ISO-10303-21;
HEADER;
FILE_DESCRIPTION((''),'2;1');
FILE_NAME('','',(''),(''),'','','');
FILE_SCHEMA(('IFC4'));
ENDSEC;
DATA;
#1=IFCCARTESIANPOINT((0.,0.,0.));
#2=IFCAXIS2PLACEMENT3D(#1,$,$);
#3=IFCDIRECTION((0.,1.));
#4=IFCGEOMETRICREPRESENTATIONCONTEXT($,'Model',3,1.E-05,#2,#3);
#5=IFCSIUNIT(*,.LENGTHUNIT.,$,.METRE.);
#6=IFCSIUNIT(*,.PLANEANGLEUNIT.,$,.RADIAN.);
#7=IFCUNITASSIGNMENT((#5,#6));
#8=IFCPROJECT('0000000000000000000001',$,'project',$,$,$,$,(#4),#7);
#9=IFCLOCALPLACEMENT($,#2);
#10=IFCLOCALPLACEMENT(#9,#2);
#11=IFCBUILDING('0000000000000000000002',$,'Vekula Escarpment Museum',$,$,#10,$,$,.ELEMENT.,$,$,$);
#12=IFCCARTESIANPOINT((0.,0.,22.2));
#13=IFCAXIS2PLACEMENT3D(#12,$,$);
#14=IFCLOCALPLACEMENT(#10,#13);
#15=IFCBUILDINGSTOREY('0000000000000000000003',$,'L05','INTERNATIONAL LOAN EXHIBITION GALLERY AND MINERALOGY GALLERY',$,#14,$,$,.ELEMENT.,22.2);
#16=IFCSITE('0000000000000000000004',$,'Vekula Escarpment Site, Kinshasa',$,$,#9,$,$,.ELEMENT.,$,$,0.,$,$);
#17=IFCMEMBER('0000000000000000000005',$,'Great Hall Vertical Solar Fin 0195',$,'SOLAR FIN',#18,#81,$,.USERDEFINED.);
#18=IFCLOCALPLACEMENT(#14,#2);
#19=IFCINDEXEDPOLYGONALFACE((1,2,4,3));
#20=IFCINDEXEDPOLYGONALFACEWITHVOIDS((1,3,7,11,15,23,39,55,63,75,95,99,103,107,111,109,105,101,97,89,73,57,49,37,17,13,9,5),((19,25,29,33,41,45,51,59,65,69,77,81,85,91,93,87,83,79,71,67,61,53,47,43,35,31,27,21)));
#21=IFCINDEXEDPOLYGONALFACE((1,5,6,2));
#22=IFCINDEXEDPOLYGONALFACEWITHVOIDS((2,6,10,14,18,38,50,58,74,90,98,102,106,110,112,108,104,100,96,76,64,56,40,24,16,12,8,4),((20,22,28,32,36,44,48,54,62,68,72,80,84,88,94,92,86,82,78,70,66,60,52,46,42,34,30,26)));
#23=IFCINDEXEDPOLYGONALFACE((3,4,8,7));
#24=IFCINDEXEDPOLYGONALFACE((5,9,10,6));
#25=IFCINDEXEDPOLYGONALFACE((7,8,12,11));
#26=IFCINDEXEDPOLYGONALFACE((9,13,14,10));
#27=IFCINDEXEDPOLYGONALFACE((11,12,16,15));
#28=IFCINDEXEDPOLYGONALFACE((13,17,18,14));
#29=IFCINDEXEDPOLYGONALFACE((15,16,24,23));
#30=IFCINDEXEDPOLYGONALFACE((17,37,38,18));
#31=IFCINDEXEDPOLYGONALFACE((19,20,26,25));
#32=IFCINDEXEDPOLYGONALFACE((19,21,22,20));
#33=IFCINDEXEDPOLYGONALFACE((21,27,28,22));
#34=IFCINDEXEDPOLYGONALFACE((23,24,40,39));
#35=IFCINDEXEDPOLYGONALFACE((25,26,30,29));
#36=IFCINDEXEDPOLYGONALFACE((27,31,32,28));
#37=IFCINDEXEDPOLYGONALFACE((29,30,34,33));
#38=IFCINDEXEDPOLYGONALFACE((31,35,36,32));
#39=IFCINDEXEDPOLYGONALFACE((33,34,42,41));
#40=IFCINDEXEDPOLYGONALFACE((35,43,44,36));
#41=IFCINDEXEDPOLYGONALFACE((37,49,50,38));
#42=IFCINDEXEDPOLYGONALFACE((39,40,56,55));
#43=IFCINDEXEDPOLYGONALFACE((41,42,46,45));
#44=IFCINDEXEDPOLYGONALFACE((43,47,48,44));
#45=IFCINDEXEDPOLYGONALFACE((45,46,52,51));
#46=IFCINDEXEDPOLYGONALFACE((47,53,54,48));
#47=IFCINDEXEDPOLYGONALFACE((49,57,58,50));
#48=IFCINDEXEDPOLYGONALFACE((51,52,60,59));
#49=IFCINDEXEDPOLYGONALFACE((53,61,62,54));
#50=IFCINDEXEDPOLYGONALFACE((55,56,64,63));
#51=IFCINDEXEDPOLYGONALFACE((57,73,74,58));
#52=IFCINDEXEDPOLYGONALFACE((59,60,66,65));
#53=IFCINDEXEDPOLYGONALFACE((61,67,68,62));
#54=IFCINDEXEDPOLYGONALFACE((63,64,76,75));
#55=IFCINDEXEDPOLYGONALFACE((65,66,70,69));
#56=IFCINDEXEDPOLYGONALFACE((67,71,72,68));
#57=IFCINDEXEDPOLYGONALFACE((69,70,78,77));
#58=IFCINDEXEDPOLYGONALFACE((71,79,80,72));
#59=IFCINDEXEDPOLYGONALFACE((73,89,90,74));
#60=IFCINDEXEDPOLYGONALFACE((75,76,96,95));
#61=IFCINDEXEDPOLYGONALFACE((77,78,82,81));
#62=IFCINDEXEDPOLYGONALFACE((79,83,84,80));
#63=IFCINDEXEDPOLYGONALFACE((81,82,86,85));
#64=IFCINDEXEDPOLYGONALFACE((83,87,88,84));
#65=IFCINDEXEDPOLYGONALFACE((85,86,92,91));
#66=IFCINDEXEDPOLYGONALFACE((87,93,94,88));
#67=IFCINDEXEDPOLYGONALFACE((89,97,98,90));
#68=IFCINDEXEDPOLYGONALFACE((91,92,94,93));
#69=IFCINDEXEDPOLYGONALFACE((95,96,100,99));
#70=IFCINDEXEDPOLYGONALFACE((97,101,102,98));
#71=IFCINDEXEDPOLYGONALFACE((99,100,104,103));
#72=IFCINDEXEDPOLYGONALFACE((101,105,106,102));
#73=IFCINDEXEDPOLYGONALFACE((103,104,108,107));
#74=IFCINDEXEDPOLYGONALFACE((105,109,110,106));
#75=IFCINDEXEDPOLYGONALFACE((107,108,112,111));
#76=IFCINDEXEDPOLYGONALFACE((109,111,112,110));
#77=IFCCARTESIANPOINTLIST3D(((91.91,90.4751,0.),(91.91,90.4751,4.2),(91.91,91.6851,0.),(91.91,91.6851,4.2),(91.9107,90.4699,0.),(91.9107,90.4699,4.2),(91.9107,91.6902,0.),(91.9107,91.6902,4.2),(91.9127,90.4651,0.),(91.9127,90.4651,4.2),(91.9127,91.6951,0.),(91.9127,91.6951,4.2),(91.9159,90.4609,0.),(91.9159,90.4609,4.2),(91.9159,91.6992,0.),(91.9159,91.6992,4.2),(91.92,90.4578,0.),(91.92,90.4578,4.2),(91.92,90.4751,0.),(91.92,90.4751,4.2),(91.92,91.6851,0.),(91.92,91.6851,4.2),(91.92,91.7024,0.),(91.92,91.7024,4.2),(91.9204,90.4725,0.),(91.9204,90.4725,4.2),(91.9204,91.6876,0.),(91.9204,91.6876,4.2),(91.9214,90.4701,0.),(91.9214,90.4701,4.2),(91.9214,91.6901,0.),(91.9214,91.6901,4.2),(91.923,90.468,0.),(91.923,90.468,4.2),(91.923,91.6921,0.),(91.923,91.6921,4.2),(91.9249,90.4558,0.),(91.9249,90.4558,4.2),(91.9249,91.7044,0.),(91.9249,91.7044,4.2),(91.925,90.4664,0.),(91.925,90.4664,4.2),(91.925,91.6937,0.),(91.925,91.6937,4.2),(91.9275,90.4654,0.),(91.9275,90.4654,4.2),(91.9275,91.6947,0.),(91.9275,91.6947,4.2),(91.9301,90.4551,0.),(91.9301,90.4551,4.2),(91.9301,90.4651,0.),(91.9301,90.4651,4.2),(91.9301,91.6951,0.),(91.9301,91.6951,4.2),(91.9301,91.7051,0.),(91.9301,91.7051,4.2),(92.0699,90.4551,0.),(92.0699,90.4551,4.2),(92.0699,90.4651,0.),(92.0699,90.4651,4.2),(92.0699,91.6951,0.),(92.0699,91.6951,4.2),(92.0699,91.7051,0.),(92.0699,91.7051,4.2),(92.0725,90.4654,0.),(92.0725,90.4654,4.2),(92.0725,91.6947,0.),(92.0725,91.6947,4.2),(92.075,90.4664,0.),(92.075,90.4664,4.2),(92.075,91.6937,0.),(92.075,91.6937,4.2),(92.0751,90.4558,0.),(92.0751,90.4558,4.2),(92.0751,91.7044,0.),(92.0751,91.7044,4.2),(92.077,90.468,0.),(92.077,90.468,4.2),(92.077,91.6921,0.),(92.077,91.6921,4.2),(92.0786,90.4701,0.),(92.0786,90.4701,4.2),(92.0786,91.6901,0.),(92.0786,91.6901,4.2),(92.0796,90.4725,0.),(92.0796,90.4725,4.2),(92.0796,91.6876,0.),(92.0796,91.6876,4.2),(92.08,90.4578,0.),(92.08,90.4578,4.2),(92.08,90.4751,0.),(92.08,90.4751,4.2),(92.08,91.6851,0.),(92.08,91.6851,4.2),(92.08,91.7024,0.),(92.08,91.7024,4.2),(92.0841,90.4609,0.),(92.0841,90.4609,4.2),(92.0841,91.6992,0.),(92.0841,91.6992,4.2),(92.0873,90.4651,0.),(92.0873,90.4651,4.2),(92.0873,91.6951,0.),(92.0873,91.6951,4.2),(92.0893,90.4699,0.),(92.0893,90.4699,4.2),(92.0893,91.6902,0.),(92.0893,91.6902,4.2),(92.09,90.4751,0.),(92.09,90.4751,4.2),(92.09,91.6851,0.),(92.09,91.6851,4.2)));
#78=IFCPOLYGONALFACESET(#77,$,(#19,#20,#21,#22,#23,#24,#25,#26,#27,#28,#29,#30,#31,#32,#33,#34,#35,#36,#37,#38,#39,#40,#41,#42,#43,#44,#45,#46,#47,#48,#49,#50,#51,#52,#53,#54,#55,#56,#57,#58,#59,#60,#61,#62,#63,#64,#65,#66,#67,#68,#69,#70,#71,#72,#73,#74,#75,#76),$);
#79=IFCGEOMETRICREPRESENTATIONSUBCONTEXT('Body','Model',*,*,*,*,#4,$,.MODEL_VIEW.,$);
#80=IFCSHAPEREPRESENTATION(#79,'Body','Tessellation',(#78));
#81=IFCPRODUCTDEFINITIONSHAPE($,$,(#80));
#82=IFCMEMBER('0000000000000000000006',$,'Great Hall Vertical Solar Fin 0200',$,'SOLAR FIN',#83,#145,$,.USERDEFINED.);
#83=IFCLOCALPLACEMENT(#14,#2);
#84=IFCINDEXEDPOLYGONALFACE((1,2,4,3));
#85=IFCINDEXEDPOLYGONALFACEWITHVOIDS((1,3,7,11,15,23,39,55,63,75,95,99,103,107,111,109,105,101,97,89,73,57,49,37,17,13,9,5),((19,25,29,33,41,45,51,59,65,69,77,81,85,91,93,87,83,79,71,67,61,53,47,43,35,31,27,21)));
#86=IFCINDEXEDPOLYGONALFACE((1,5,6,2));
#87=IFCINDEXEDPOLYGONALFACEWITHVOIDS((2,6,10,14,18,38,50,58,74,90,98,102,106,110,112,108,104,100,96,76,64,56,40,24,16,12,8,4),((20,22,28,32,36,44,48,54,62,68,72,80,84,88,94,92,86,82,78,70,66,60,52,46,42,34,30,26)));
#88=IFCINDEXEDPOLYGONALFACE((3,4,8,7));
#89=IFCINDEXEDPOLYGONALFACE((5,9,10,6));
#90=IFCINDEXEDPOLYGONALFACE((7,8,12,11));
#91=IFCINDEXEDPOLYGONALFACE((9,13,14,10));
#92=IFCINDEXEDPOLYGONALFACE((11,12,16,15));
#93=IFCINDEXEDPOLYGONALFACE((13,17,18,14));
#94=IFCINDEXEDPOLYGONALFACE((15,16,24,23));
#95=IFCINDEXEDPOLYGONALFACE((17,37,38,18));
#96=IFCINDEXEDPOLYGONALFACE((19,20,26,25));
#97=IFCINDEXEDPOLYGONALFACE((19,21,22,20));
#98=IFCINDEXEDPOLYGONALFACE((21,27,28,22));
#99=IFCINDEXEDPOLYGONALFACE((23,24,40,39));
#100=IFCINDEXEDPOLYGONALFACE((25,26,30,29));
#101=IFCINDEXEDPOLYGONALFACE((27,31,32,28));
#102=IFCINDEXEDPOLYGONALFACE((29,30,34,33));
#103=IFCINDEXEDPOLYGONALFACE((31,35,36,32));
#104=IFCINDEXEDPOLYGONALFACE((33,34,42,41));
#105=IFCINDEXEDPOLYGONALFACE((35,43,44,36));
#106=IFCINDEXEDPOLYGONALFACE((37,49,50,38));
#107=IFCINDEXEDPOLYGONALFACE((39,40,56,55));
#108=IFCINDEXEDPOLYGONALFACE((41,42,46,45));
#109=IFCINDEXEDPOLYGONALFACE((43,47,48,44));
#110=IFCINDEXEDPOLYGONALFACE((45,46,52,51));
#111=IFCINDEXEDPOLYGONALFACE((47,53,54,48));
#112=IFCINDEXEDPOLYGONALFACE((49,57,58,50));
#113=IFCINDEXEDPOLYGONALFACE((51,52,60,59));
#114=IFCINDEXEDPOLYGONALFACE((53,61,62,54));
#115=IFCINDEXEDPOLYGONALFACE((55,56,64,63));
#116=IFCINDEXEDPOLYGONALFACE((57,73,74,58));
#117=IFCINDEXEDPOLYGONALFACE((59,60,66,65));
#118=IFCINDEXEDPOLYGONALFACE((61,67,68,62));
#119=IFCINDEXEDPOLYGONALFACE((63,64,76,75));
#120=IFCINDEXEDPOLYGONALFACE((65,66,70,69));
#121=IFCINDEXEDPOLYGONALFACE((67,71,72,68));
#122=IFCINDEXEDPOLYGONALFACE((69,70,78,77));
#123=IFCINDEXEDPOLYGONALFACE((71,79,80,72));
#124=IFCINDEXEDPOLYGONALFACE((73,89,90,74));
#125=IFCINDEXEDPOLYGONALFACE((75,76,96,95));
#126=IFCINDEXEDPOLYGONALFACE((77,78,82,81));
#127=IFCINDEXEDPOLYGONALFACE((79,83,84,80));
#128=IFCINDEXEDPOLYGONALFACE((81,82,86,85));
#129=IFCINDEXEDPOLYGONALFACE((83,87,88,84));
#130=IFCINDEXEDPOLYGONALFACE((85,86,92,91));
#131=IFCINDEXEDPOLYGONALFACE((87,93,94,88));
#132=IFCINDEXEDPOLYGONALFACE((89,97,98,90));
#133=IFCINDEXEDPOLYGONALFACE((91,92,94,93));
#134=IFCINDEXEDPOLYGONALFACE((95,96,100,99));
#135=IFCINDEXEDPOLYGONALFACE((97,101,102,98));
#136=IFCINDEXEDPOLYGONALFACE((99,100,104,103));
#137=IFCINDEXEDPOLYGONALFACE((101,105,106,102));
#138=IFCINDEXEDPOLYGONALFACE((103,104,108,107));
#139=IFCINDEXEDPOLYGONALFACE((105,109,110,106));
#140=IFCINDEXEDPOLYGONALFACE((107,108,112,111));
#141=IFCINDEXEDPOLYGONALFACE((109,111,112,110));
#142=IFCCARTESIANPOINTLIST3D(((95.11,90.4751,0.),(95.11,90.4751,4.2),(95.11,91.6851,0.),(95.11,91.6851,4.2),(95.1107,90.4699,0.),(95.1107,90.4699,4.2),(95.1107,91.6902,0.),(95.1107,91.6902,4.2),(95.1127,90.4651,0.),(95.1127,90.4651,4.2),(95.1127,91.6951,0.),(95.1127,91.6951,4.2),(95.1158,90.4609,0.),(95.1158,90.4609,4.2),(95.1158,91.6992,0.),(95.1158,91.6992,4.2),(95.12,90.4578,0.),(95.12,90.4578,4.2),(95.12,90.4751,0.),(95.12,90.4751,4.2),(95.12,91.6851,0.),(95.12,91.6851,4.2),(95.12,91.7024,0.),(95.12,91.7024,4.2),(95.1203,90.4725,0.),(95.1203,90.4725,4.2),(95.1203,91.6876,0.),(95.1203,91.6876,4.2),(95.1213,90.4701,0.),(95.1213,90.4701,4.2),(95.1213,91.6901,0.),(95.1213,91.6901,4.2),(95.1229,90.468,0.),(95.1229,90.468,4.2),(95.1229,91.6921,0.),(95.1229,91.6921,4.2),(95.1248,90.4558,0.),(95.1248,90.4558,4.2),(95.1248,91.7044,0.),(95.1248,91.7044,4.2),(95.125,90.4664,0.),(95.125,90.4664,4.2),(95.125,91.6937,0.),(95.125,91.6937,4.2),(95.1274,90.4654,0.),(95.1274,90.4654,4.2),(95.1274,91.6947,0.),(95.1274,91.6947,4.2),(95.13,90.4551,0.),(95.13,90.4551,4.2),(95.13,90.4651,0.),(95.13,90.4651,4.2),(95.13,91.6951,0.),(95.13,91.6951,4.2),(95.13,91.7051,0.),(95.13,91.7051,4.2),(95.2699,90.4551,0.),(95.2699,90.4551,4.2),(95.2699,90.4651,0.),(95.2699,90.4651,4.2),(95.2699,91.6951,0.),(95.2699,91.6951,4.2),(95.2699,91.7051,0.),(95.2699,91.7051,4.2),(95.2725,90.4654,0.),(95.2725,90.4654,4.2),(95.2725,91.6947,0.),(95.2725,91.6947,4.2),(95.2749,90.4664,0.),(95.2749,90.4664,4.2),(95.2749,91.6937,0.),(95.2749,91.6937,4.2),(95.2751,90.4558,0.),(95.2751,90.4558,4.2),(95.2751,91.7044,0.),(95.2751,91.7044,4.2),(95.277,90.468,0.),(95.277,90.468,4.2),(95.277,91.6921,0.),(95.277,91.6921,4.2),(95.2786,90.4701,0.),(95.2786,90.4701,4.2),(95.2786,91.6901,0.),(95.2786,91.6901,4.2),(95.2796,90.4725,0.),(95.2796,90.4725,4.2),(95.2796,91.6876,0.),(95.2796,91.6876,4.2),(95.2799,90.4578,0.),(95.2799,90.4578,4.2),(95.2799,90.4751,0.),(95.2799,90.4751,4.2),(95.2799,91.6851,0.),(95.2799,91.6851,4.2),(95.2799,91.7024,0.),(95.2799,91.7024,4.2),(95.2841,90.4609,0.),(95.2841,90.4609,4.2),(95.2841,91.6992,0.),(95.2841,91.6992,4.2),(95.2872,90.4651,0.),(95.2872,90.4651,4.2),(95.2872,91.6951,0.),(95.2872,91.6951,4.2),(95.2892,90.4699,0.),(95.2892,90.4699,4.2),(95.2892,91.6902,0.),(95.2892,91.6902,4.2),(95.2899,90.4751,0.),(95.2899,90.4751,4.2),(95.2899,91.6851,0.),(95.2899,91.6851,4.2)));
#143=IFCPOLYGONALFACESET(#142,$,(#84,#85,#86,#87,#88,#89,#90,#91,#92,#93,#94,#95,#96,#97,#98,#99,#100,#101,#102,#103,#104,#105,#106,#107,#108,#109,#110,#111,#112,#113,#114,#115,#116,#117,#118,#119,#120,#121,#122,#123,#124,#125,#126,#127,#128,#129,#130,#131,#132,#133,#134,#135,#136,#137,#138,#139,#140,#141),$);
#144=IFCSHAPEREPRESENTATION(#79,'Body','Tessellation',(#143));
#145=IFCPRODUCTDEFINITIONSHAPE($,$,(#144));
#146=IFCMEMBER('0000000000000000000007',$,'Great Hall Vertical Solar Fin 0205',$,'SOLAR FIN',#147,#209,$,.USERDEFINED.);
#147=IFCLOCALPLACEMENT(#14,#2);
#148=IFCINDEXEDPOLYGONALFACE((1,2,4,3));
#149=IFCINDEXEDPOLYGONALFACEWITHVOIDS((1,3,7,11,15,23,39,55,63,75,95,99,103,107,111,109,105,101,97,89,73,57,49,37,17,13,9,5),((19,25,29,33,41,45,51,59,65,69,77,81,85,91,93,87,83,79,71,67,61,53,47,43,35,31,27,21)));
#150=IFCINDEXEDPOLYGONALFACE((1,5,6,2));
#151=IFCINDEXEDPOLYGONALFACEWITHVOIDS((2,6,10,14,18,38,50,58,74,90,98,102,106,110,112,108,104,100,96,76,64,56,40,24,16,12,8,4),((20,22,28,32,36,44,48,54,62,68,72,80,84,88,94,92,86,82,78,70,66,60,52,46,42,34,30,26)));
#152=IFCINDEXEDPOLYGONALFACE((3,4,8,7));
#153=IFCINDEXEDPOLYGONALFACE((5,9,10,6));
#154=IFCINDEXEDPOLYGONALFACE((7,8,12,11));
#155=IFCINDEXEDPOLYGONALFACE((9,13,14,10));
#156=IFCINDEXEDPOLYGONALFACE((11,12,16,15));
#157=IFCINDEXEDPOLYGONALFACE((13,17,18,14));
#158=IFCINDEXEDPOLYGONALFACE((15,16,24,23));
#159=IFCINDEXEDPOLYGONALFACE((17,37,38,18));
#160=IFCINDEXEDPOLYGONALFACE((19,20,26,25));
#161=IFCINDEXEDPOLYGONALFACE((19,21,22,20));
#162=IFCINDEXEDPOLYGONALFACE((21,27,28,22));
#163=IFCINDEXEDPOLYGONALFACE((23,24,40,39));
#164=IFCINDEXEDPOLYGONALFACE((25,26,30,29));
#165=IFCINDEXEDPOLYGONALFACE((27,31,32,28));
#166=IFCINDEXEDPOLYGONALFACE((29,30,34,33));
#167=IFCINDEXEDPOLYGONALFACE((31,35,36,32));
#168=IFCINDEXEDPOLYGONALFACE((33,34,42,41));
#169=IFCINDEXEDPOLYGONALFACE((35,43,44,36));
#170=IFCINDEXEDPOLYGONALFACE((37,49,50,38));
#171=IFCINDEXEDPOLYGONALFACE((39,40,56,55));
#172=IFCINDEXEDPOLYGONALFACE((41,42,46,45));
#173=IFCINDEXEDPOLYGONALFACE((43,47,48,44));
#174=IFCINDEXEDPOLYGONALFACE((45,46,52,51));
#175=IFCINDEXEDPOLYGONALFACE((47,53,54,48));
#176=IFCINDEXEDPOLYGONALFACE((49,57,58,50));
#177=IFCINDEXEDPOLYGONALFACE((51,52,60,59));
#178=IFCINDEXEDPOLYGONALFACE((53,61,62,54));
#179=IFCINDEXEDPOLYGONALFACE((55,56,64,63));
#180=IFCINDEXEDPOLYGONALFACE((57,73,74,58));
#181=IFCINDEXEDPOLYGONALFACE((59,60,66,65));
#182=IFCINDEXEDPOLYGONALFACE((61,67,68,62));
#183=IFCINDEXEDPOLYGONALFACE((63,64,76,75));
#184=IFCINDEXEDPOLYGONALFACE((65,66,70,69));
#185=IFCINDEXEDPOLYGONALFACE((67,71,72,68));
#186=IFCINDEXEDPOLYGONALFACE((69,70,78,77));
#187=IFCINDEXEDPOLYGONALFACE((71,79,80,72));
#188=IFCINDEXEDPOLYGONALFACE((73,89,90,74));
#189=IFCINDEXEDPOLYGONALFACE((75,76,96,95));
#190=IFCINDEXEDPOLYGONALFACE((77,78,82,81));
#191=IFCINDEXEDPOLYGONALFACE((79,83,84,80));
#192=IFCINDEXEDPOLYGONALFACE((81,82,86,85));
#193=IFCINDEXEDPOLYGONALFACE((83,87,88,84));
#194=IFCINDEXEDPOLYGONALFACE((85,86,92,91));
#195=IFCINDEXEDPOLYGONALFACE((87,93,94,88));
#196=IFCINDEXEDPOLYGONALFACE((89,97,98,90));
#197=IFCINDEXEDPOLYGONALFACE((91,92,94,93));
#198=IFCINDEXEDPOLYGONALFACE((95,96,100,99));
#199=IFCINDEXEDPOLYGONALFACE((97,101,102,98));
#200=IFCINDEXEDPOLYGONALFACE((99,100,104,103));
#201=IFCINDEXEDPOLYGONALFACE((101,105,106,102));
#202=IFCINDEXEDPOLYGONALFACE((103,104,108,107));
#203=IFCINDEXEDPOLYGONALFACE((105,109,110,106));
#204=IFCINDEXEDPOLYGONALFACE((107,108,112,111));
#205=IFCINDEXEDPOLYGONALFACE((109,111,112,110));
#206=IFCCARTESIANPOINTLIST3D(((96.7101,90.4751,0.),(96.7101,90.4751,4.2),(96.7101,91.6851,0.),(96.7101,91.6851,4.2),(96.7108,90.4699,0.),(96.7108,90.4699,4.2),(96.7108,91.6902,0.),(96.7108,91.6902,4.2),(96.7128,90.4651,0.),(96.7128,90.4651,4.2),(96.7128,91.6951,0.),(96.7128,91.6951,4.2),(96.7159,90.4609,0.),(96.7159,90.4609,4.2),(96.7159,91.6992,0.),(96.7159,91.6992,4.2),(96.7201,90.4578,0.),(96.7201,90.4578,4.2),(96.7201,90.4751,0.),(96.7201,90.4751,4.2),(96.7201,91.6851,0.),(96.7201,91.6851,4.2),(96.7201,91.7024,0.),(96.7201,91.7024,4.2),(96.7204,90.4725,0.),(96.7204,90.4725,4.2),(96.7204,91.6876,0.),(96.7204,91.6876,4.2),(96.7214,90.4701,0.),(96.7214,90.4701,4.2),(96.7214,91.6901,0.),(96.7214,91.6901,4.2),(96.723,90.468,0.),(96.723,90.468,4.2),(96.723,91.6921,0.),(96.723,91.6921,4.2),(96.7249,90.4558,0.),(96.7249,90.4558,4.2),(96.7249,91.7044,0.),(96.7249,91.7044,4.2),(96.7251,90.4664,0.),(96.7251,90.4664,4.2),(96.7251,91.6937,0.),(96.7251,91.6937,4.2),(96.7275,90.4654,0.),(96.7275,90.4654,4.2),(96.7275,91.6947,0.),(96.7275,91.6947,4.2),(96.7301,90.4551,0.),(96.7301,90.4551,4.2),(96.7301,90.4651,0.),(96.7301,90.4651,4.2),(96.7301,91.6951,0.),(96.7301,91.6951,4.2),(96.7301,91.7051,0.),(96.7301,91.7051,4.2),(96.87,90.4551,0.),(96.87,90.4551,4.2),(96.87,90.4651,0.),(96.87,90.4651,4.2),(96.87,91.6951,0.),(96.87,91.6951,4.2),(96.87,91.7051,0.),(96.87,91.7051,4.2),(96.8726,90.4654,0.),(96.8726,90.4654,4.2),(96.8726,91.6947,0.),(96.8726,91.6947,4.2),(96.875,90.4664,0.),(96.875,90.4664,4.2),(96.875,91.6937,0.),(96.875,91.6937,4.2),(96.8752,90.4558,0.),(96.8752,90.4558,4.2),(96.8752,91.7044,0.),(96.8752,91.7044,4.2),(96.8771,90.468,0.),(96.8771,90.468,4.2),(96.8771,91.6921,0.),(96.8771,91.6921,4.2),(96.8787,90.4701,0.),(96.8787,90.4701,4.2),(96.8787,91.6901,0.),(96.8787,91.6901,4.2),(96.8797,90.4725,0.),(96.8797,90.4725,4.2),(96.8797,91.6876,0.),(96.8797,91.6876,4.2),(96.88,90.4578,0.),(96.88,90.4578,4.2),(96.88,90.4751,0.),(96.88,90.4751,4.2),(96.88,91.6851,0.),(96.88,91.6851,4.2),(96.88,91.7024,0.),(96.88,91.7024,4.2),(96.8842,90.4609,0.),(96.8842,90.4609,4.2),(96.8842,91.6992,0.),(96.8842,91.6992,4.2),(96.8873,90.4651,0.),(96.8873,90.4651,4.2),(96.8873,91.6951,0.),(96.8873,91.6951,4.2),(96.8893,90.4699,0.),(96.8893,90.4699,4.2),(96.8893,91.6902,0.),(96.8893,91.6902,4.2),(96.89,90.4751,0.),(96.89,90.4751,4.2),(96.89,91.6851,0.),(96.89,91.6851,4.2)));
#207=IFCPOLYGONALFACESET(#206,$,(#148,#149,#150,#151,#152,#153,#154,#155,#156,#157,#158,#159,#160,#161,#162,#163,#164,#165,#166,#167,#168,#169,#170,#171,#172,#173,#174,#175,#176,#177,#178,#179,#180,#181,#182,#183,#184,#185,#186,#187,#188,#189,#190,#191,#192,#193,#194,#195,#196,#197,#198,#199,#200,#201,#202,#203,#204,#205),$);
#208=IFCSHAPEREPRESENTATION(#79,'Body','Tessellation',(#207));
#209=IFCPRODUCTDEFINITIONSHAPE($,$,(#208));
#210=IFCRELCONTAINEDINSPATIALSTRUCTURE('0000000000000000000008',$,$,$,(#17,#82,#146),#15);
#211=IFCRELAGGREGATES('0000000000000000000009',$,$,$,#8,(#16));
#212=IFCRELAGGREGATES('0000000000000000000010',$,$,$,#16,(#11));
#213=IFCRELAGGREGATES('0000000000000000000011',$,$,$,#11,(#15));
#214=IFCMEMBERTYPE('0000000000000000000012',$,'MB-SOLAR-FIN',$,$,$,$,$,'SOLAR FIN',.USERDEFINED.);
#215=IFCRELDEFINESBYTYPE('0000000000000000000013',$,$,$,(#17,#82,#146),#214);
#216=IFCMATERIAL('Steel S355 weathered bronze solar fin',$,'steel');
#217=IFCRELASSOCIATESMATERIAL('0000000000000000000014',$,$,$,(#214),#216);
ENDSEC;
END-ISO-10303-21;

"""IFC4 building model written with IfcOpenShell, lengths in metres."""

from ifc_helpers import new_model, si_unit, direction, frame, origin, origin_2d, place, context, subcontext, project, spatial, hollow_rectangle, extrude, material, material_profile, profile_set, type_object, element, save


model = new_model("IFC4")

# Units and contexts
model_context = context("Model", 3, precision=1e-05, world=origin(), true_north=direction((0.0, 1.0)))
body_context = subcontext(model_context, "Body", "Model", "MODEL_VIEW")
ifc_project = project(units=[si_unit("LENGTHUNIT", "METRE"), si_unit("PLANEANGLEUNIT", "RADIAN")], contexts=[model_context])

# Site, building, storey
site_placement = place(None, origin())
site = spatial("IfcSite", under=ifc_project, at=site_placement, Name="Vekula Escarpment Site, Kinshasa", CompositionType="ELEMENT", RefElevation=0.0)
building_placement = place(site_placement, origin())
building = spatial("IfcBuilding", under=site, at=building_placement, Name="Vekula Escarpment Museum", CompositionType="ELEMENT")
storey_placement = place(building_placement, frame((0.0, 0.0, 22.2)))
storey = spatial("IfcBuildingStorey", under=building, at=storey_placement, Name="L05", Description="INTERNATIONAL LOAN EXHIBITION GALLERY AND MINERALOGY GALLERY", CompositionType="ELEMENT", Elevation=22.2)

# Members
ifc_material_1 = material(Name="Steel S355 weathered bronze solar fin", Category="steel")
ifc_material_profile_1 = material_profile(ifc_material_1, hollow_rectangle(XDim=0.1799, YDim=1.25, WallThickness=0.01, InnerFilletRadius=0.01, OuterFilletRadius=0.02, at=origin_2d()), Name="RHS 1250x180x10")
ifc_profile_set_1 = profile_set([ifc_material_profile_1], Name="Steel S355 weathered bronze solar fin")
member_type_1 = type_object("IfcMemberType", Name="MB-SOLAR-FIN", ElementType="SOLAR FIN", PredefinedType="USERDEFINED", material=ifc_profile_set_1)
for number, where, z_axis, x_axis, name in (
    (1, (92.0, 91.0801, 0.0), (0.0, 0.0, 1.0), (1.0, 0.0, 0.0), "Great Hall Vertical Solar Fin 0195"),
    (2, (95.2, 91.0801, 0.0), (0.0, 0.0, 1.0), (1.0, 0.0, 0.0), "Great Hall Vertical Solar Fin 0200"),
    (3, (96.8, 91.0801, 0.0), (0.0, 0.0, 1.0), (1.0, 0.0, 0.0), "Great Hall Vertical Solar Fin 0205"),
):
    element("IfcMember", number, at=place(storey_placement, frame(where, z_axis=z_axis, x_axis=x_axis)), inside=storey, type_object=member_type_1, Name=name, ObjectType="SOLAR FIN", PredefinedType="USERDEFINED", context=body_context, shape_type="SweptSolid", body=[
        extrude(hollow_rectangle(XDim=0.1799, YDim=1.25, WallThickness=0.01, InnerFilletRadius=0.01, OuterFilletRadius=0.02, at=origin_2d()), origin(), (0.0, 0.0, 1.0), 4.2),
    ])

save(model, "model.ifc")
